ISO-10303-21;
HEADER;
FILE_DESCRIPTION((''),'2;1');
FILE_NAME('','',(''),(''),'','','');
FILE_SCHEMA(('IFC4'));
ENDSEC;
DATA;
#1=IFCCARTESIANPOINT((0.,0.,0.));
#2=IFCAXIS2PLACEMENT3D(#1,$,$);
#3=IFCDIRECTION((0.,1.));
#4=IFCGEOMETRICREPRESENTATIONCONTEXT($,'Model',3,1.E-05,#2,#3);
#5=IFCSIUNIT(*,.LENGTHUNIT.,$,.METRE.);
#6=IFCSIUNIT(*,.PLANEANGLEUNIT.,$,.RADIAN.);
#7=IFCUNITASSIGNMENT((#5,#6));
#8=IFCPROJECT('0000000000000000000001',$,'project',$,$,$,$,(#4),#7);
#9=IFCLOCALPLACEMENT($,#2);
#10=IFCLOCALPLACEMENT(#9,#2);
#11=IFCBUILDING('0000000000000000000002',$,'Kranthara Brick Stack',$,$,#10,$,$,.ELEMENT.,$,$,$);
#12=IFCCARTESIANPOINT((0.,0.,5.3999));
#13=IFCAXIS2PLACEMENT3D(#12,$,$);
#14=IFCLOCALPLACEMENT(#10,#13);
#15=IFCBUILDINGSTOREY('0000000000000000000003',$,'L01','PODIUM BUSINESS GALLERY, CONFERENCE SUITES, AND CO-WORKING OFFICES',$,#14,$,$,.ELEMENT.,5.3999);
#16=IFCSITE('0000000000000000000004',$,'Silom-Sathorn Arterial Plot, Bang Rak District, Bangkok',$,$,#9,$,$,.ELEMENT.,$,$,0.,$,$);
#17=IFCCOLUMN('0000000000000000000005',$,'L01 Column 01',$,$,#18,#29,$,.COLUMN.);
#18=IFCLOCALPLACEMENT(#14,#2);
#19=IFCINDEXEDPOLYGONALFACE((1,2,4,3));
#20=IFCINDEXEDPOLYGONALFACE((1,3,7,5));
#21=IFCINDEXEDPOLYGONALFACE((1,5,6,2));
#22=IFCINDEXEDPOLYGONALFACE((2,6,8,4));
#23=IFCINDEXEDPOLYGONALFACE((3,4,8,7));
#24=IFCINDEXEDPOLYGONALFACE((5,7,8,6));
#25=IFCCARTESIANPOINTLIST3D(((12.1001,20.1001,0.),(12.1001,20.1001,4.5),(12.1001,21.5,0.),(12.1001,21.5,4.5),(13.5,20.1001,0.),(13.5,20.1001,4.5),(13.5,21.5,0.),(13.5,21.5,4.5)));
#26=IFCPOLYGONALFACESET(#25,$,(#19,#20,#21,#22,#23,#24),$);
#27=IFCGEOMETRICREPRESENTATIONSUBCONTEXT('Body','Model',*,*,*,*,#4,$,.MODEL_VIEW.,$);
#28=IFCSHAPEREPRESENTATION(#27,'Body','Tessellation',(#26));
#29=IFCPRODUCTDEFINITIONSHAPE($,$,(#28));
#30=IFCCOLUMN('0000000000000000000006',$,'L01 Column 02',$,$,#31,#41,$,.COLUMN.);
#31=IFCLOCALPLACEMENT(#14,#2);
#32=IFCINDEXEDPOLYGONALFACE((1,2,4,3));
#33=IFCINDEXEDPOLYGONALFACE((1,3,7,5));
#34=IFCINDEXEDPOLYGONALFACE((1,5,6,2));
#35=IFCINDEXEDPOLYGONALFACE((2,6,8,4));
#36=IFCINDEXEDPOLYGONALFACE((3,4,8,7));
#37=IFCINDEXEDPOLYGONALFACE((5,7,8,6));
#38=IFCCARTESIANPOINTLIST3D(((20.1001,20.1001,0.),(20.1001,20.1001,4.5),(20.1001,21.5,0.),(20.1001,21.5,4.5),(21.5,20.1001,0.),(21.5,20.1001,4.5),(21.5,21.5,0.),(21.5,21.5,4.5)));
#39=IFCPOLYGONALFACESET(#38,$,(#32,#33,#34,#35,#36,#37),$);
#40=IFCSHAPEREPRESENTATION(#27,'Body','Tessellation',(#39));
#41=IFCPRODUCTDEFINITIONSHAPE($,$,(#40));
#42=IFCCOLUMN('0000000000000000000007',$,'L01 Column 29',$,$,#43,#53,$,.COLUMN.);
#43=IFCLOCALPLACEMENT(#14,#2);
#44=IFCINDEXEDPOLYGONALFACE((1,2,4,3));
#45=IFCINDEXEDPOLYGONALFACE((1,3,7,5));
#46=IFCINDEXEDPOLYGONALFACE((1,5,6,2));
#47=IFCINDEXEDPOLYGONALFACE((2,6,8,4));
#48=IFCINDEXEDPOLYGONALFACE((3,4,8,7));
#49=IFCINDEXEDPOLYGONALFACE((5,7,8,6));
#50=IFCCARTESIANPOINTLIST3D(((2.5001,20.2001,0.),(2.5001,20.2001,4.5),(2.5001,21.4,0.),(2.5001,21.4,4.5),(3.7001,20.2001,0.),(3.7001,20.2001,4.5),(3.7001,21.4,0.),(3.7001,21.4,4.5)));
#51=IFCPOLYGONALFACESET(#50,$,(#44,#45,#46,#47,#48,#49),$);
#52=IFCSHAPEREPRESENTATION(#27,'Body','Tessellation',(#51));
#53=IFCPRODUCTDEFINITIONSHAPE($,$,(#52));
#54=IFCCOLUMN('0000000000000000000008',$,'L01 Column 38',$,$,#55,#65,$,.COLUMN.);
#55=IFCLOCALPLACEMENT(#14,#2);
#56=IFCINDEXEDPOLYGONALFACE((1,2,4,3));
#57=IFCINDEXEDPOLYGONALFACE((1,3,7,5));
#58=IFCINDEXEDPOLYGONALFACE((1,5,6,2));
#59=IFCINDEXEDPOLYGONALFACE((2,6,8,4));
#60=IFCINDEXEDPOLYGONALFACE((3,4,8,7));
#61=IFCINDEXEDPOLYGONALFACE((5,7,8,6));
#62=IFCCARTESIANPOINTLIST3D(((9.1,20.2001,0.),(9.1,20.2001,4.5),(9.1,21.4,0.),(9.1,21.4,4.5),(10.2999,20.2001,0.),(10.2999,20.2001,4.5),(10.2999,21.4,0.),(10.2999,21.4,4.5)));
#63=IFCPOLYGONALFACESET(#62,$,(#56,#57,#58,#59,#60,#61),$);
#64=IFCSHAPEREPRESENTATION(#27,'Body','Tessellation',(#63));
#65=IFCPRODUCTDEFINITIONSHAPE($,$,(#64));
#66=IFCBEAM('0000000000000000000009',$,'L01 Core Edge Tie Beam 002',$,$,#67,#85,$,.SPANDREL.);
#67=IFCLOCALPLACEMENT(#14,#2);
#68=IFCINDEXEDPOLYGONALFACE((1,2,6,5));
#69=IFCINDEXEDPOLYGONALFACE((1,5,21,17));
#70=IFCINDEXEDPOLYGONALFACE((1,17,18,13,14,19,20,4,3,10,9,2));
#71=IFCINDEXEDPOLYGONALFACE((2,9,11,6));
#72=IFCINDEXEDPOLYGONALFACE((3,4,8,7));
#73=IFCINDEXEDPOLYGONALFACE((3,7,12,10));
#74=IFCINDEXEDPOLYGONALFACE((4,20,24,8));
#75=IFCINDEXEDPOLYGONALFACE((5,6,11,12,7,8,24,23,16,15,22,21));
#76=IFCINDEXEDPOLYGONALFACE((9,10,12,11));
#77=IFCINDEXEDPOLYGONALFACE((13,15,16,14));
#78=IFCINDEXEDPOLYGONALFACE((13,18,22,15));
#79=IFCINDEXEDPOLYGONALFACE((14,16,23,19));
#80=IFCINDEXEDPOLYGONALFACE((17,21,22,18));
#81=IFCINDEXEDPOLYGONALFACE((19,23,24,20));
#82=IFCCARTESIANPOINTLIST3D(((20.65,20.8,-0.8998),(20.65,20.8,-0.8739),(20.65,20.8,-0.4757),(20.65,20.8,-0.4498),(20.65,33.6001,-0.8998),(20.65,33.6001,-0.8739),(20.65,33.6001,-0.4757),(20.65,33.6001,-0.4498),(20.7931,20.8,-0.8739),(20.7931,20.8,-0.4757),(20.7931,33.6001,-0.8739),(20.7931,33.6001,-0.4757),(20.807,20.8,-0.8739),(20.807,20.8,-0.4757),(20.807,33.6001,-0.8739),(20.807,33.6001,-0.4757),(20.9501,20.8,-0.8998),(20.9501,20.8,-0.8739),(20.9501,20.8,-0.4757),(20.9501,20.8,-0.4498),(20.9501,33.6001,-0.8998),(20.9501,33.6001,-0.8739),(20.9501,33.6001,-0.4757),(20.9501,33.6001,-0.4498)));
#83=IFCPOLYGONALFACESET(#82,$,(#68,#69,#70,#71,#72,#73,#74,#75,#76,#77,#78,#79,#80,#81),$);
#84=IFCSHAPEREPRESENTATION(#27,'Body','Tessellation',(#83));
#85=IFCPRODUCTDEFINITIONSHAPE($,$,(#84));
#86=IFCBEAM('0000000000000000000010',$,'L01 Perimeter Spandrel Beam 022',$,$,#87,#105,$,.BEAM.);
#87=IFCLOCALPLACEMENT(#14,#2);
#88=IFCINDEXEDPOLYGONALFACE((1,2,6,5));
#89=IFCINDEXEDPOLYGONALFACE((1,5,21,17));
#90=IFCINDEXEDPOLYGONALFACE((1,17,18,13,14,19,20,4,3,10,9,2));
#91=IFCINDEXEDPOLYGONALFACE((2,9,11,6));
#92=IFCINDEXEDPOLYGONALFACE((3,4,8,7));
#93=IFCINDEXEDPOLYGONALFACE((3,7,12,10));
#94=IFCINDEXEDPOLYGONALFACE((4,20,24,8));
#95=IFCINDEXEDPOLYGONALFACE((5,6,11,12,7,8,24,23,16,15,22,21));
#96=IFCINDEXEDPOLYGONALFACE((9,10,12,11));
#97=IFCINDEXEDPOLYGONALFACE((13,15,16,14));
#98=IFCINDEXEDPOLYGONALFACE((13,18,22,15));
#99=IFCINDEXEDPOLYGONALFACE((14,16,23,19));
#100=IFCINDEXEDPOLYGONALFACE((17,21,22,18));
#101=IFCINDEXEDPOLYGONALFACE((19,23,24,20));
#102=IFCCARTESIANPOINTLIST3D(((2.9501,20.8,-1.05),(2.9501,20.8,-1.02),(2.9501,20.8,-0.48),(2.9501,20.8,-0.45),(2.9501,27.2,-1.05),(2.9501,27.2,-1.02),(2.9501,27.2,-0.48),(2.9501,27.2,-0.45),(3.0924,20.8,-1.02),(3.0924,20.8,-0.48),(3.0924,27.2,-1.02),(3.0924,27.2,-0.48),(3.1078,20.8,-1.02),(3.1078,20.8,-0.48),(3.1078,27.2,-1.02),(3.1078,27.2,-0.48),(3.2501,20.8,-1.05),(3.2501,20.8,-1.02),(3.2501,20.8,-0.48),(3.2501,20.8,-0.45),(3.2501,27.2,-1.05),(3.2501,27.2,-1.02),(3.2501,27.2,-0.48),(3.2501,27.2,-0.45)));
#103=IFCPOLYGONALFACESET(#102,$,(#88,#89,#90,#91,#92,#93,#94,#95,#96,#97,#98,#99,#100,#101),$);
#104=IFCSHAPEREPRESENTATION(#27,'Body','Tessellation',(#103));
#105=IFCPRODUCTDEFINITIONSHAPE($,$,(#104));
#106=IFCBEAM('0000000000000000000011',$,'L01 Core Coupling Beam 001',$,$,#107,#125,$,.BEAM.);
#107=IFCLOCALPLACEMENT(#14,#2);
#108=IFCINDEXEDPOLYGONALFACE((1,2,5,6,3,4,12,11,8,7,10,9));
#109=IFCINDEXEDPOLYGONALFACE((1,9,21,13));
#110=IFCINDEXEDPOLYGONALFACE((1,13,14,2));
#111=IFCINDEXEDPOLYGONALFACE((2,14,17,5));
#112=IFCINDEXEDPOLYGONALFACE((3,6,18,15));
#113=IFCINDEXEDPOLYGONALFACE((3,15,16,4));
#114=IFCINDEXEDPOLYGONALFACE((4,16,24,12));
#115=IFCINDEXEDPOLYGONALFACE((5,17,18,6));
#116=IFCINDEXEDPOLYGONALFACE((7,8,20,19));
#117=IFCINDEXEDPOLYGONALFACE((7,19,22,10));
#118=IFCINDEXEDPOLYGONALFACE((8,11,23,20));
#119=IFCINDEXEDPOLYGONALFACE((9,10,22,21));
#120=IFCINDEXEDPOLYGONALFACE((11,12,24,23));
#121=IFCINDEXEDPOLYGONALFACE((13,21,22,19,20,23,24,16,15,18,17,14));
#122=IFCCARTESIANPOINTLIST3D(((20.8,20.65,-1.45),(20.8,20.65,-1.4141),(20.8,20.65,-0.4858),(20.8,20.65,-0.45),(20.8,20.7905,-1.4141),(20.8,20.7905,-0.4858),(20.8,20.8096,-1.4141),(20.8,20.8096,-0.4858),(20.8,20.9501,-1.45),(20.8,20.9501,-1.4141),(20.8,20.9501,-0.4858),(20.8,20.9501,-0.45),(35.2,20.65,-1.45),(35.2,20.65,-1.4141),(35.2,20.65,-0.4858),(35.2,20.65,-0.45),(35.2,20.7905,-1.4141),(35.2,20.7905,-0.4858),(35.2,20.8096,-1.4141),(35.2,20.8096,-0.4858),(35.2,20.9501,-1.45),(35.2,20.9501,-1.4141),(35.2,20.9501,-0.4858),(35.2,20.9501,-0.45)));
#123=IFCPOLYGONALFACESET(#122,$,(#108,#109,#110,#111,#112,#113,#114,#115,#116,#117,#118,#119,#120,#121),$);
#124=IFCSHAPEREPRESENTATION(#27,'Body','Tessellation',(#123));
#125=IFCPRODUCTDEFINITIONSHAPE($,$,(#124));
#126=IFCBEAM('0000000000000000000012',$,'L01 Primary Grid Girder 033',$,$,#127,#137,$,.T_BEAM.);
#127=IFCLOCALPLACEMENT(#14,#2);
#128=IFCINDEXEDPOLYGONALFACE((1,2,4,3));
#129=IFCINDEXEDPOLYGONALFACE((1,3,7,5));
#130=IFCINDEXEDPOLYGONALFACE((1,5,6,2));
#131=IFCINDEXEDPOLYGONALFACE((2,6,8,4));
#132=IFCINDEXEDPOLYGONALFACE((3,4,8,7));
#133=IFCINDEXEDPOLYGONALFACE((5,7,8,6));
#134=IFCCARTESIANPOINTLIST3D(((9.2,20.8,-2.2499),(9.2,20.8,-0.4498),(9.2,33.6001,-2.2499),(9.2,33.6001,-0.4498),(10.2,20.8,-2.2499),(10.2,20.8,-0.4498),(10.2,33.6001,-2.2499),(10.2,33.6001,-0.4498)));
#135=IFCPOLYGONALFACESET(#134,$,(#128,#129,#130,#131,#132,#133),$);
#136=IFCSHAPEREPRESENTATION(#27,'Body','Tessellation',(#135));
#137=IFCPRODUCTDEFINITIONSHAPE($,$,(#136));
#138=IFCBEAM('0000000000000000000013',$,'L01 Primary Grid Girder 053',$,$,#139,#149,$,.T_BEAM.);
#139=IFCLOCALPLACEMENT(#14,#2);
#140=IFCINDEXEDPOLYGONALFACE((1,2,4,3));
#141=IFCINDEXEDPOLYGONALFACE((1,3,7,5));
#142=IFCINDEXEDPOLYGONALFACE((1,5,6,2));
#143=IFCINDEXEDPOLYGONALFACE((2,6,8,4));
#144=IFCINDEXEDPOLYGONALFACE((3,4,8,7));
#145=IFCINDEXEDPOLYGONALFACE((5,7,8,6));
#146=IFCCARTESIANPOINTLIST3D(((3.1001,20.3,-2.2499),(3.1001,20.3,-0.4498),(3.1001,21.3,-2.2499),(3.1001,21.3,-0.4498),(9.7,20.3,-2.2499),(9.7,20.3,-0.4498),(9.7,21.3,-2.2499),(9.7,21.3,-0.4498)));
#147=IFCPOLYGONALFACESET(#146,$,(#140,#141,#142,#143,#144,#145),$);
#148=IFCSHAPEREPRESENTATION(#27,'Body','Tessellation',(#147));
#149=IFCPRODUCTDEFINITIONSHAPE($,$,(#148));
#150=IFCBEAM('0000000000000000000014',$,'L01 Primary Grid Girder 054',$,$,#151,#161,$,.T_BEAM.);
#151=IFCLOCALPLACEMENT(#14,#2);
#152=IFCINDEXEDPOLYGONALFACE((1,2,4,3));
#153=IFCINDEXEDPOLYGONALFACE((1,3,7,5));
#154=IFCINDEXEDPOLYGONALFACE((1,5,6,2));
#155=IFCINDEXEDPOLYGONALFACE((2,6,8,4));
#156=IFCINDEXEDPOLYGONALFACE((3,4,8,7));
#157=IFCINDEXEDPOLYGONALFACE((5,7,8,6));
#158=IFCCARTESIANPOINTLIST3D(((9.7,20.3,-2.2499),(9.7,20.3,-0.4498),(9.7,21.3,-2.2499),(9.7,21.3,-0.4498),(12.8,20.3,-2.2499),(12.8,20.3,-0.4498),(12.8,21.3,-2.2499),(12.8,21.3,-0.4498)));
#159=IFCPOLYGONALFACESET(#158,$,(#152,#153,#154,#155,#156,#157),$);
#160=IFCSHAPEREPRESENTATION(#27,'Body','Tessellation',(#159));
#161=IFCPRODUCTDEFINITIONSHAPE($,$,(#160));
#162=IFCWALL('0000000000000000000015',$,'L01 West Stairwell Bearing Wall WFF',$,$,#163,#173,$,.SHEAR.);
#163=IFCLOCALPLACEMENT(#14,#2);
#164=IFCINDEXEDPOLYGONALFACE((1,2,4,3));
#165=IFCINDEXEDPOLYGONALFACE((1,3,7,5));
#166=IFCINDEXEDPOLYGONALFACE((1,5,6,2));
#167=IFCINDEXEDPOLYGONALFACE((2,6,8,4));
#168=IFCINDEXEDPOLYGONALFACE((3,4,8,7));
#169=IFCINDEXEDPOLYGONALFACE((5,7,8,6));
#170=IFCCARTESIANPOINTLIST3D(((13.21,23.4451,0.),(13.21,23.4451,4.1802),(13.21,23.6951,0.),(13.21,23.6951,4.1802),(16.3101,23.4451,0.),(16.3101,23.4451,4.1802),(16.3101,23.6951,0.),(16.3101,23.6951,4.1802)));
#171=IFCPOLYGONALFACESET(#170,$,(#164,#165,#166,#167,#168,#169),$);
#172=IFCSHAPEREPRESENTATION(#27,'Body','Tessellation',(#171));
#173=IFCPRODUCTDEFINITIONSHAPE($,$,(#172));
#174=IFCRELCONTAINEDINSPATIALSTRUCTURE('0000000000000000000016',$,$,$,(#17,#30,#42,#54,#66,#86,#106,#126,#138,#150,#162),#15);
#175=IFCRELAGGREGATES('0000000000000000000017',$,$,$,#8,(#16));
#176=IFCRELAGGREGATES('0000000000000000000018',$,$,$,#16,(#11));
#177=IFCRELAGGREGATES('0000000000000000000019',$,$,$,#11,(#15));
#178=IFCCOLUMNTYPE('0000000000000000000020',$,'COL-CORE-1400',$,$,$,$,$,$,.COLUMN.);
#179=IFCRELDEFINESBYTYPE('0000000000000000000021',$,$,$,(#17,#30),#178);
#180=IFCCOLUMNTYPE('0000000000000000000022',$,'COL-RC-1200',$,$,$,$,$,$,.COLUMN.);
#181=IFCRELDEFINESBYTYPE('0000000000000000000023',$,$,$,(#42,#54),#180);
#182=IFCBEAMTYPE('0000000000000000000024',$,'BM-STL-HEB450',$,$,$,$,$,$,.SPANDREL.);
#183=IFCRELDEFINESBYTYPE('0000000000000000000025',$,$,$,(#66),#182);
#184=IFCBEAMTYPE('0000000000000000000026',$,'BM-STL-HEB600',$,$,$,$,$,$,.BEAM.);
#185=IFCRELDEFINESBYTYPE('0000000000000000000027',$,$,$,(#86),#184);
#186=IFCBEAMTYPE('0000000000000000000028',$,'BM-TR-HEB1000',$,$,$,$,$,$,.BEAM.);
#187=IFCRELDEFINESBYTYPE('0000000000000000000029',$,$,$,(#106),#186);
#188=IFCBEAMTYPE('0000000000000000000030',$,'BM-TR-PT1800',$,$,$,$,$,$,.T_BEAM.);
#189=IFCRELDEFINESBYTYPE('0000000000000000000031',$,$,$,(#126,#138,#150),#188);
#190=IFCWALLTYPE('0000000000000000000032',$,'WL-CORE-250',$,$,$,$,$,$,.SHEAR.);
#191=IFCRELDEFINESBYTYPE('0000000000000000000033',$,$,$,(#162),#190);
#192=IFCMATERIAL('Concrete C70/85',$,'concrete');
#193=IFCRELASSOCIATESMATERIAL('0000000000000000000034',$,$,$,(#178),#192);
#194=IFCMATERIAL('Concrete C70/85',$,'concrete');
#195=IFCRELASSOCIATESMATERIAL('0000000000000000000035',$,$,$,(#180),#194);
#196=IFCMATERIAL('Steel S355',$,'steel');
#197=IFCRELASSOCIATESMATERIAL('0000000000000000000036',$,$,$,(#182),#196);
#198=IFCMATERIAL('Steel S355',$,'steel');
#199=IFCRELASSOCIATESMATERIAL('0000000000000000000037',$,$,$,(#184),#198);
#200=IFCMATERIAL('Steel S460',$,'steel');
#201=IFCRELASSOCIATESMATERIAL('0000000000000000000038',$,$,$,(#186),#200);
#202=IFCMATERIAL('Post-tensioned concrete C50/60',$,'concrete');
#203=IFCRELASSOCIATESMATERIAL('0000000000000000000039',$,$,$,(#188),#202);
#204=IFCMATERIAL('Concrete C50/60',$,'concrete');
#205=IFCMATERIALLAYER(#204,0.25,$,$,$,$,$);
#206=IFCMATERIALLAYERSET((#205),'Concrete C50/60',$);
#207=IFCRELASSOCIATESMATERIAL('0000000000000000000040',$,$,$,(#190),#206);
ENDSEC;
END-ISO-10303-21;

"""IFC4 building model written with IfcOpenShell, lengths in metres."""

from ifc_helpers import new_model, si_unit, direction, frame, frame_2d, origin, origin_2d, place, context, subcontext, project, spatial, rectangle, i_section, extrude, material, layer, layer_set, material_profile, profile_set, type_object, element, save


model = new_model("IFC4")

# Units and contexts
model_context = context("Model", 3, precision=1e-05, world=origin(), true_north=direction((0.0, 1.0)))
body_context = subcontext(model_context, "Body", "Model", "MODEL_VIEW")
ifc_project = project(units=[si_unit("LENGTHUNIT", "METRE"), si_unit("PLANEANGLEUNIT", "RADIAN")], contexts=[model_context])

# Site, building, storey
site_placement = place(None, origin())
site = spatial("IfcSite", under=ifc_project, at=site_placement, Name="Silom-Sathorn Arterial Plot, Bang Rak District, Bangkok", CompositionType="ELEMENT", RefElevation=0.0)
building_placement = place(site_placement, origin())
building = spatial("IfcBuilding", under=site, at=building_placement, Name="Kranthara Brick Stack", CompositionType="ELEMENT")
storey_placement = place(building_placement, frame((0.0, 0.0, 5.3999)))
storey = spatial("IfcBuildingStorey", under=building, at=storey_placement, Name="L01", Description="PODIUM BUSINESS GALLERY, CONFERENCE SUITES, AND CO-WORKING OFFICES", CompositionType="ELEMENT", Elevation=5.3999)

# Columns
ifc_material_1 = material(Name="Concrete C70/85", Category="concrete")
ifc_material_profile_1 = material_profile(ifc_material_1, rectangle(XDim=1.3999, YDim=1.3999, at=origin_2d()), Name="RC 1400x1400")
ifc_profile_set_1 = profile_set([ifc_material_profile_1], Name="Concrete C70/85")
column_type_1 = type_object("IfcColumnType", Name="COL-CORE-1400", PredefinedType="COLUMN", material=ifc_profile_set_1)
for number, where, z_axis, x_axis, name in (
    (1, (12.8, 20.8, 0.0), (0.0, 0.0, 1.0), (1.0, 0.0, 0.0), "L01 Column 01"),
    (2, (20.8, 20.8, 0.0), (0.0, 0.0, 1.0), (1.0, 0.0, 0.0), "L01 Column 02"),
):
    element("IfcColumn", number, at=place(storey_placement, frame(where, z_axis=z_axis, x_axis=x_axis)), inside=storey, type_object=column_type_1, Name=name, PredefinedType="COLUMN", context=body_context, shape_type="SweptSolid", body=[
        extrude(rectangle(XDim=1.3999, YDim=1.3999, at=origin_2d()), origin(), (0.0, 0.0, 1.0), 4.5),
    ])
ifc_material_2 = material(Name="Concrete C70/85", Category="concrete")
ifc_material_profile_2 = material_profile(ifc_material_2, rectangle(XDim=1.2, YDim=1.2, at=origin_2d()), Name="RC 1200x1200")
ifc_profile_set_2 = profile_set([ifc_material_profile_2], Name="Concrete C70/85")
column_type_2 = type_object("IfcColumnType", Name="COL-RC-1200", PredefinedType="COLUMN", material=ifc_profile_set_2)
for number, where, z_axis, x_axis, name in (
    (3, (3.1001, 20.8, 0.0), (0.0, 0.0, 1.0), (1.0, 0.0, 0.0), "L01 Column 29"),
    (4, (9.7, 20.8, 0.0), (0.0, 0.0, 1.0), (1.0, 0.0, 0.0), "L01 Column 38"),
):
    element("IfcColumn", number, at=place(storey_placement, frame(where, z_axis=z_axis, x_axis=x_axis)), inside=storey, type_object=column_type_2, Name=name, PredefinedType="COLUMN", context=body_context, shape_type="SweptSolid", body=[
        extrude(rectangle(XDim=1.2, YDim=1.2, at=origin_2d()), origin(), (0.0, 0.0, 1.0), 4.5),
    ])

# Beams
ifc_material_3 = material(Name="Steel S355", Category="steel")
ifc_material_profile_3 = material_profile(ifc_material_3, i_section(OverallWidth=0.3, OverallDepth=0.45, WebThickness=0.0139, FlangeThickness=0.0259, at=origin_2d()), Name="HEB 450")
ifc_profile_set_3 = profile_set([ifc_material_profile_3], Name="Steel S355")
beam_type_1 = type_object("IfcBeamType", Name="BM-STL-HEB450", PredefinedType="SPANDREL", material=ifc_profile_set_3)
beam_1_placement = place(storey_placement, frame((20.8, 20.8, -0.6748), z_axis=(0.0, 1.0, 0.0), x_axis=(-1.0, 0.0, 0.0)))
element("IfcBeam", 5, at=beam_1_placement, inside=storey, type_object=beam_type_1, Name="L01 Core Edge Tie Beam 002", PredefinedType="SPANDREL", context=body_context, shape_type="SweptSolid", body=[
    extrude(i_section(OverallWidth=0.3, OverallDepth=0.45, WebThickness=0.0139, FlangeThickness=0.0259, at=origin_2d()), origin(), (0.0, 0.0, 1.0), 12.8),
])
ifc_material_4 = material(Name="Steel S355", Category="steel")
ifc_material_profile_4 = material_profile(ifc_material_4, i_section(OverallWidth=0.3, OverallDepth=0.6001, WebThickness=0.0154, FlangeThickness=0.03, at=origin_2d()), Name="HEB 600")
ifc_profile_set_4 = profile_set([ifc_material_profile_4], Name="Steel S355")
beam_type_2 = type_object("IfcBeamType", Name="BM-STL-HEB600", PredefinedType="BEAM", material=ifc_profile_set_4)
beam_2_placement = place(storey_placement, frame((3.1001, 20.8, -0.75), z_axis=(0.0, 1.0, 0.0), x_axis=(-1.0, 0.0, 0.0)))
element("IfcBeam", 6, at=beam_2_placement, inside=storey, type_object=beam_type_2, Name="L01 Perimeter Spandrel Beam 022", PredefinedType="BEAM", context=body_context, shape_type="SweptSolid", body=[
    extrude(i_section(OverallWidth=0.3, OverallDepth=0.6001, WebThickness=0.0154, FlangeThickness=0.03, at=origin_2d()), origin(), (0.0, 0.0, 1.0), 6.3999),
])
ifc_material_5 = material(Name="Steel S460", Category="steel")
ifc_material_profile_5 = material_profile(ifc_material_5, i_section(OverallWidth=0.3, OverallDepth=1.0, WebThickness=0.019, FlangeThickness=0.0359, at=origin_2d()), Name="HEB 1000")
ifc_profile_set_5 = profile_set([ifc_material_profile_5], Name="Steel S460")
beam_type_3 = type_object("IfcBeamType", Name="BM-TR-HEB1000", PredefinedType="BEAM", material=ifc_profile_set_5)
beam_3_placement = place(storey_placement, frame((20.8, 20.8, -0.95), z_axis=(1.0, 0.0, 0.0), x_axis=(0.0, 1.0, 0.0)))
element("IfcBeam", 7, at=beam_3_placement, inside=storey, type_object=beam_type_3, Name="L01 Core Coupling Beam 001", PredefinedType="BEAM", context=body_context, shape_type="SweptSolid", body=[
    extrude(i_section(OverallWidth=0.3, OverallDepth=1.0, WebThickness=0.019, FlangeThickness=0.0359, at=origin_2d()), origin(), (0.0, 0.0, 1.0), 14.3999),
])
ifc_material_6 = material(Name="Post-tensioned concrete C50/60", Category="concrete")
ifc_material_profile_6 = material_profile(ifc_material_6, rectangle(XDim=1.0, YDim=1.8, at=origin_2d()), Name="PT 1000x1800")
ifc_profile_set_6 = profile_set([ifc_material_profile_6], Name="Post-tensioned concrete C50/60")
beam_type_4 = type_object("IfcBeamType", Name="BM-TR-PT1800", PredefinedType="T_BEAM", material=ifc_profile_set_6)
beam_4_placement = place(storey_placement, frame((9.7, 20.8, -1.3499), z_axis=(0.0, 1.0, 0.0), x_axis=(-1.0, 0.0, 0.0)))
element("IfcBeam", 8, at=beam_4_placement, inside=storey, type_object=beam_type_4, Name="L01 Primary Grid Girder 033", PredefinedType="T_BEAM", context=body_context, shape_type="SweptSolid", body=[
    extrude(rectangle(XDim=1.0, YDim=1.8, at=origin_2d()), origin(), (0.0, 0.0, 1.0), 12.8),
])
beam_5_placement = place(storey_placement, frame((3.1001, 20.8, -1.3499), z_axis=(1.0, 0.0, 0.0), x_axis=(0.0, 1.0, 0.0)))
element("IfcBeam", 9, at=beam_5_placement, inside=storey, type_object=beam_type_4, Name="L01 Primary Grid Girder 053", PredefinedType="T_BEAM", context=body_context, shape_type="SweptSolid", body=[
    extrude(rectangle(XDim=1.0, YDim=1.8, at=origin_2d()), origin(), (0.0, 0.0, 1.0), 6.5999),
])
beam_6_placement = place(storey_placement, frame((9.7, 20.8, -1.3499), z_axis=(1.0, 0.0, 0.0), x_axis=(0.0, 1.0, 0.0)))
element("IfcBeam", 10, at=beam_6_placement, inside=storey, type_object=beam_type_4, Name="L01 Primary Grid Girder 054", PredefinedType="T_BEAM", context=body_context, shape_type="SweptSolid", body=[
    extrude(rectangle(XDim=1.0, YDim=1.8, at=origin_2d()), origin(), (0.0, 0.0, 1.0), 3.1001),
])

# Shared definitions
ifc_material_7 = material(Name="Concrete C50/60", Category="concrete")
ifc_layer_1 = layer(ifc_material_7, 0.25)
ifc_layer_set_1 = layer_set([ifc_layer_1], Name="Concrete C50/60")
wall_type_1 = type_object("IfcWallType", Name="WL-CORE-250", PredefinedType="SHEAR", material=ifc_layer_set_1)

# Wall
wall_1_placement = place(storey_placement, frame((13.21, 23.5701, 0.0), z_axis=(0.0, 0.0, 1.0), x_axis=(1.0, 0.0, 0.0)))
element("IfcWall", 11, at=wall_1_placement, inside=storey, type_object=wall_type_1, Name="L01 West Stairwell Bearing Wall WFF", PredefinedType="SHEAR", context=body_context, shape_type="SweptSolid", body=[
    extrude(rectangle(XDim=3.1001, YDim=0.25, at=frame_2d((1.55, 0.0))), origin(), (0.0, 0.0, 1.0), 4.1802),
])

save(model, "model.ifc")
